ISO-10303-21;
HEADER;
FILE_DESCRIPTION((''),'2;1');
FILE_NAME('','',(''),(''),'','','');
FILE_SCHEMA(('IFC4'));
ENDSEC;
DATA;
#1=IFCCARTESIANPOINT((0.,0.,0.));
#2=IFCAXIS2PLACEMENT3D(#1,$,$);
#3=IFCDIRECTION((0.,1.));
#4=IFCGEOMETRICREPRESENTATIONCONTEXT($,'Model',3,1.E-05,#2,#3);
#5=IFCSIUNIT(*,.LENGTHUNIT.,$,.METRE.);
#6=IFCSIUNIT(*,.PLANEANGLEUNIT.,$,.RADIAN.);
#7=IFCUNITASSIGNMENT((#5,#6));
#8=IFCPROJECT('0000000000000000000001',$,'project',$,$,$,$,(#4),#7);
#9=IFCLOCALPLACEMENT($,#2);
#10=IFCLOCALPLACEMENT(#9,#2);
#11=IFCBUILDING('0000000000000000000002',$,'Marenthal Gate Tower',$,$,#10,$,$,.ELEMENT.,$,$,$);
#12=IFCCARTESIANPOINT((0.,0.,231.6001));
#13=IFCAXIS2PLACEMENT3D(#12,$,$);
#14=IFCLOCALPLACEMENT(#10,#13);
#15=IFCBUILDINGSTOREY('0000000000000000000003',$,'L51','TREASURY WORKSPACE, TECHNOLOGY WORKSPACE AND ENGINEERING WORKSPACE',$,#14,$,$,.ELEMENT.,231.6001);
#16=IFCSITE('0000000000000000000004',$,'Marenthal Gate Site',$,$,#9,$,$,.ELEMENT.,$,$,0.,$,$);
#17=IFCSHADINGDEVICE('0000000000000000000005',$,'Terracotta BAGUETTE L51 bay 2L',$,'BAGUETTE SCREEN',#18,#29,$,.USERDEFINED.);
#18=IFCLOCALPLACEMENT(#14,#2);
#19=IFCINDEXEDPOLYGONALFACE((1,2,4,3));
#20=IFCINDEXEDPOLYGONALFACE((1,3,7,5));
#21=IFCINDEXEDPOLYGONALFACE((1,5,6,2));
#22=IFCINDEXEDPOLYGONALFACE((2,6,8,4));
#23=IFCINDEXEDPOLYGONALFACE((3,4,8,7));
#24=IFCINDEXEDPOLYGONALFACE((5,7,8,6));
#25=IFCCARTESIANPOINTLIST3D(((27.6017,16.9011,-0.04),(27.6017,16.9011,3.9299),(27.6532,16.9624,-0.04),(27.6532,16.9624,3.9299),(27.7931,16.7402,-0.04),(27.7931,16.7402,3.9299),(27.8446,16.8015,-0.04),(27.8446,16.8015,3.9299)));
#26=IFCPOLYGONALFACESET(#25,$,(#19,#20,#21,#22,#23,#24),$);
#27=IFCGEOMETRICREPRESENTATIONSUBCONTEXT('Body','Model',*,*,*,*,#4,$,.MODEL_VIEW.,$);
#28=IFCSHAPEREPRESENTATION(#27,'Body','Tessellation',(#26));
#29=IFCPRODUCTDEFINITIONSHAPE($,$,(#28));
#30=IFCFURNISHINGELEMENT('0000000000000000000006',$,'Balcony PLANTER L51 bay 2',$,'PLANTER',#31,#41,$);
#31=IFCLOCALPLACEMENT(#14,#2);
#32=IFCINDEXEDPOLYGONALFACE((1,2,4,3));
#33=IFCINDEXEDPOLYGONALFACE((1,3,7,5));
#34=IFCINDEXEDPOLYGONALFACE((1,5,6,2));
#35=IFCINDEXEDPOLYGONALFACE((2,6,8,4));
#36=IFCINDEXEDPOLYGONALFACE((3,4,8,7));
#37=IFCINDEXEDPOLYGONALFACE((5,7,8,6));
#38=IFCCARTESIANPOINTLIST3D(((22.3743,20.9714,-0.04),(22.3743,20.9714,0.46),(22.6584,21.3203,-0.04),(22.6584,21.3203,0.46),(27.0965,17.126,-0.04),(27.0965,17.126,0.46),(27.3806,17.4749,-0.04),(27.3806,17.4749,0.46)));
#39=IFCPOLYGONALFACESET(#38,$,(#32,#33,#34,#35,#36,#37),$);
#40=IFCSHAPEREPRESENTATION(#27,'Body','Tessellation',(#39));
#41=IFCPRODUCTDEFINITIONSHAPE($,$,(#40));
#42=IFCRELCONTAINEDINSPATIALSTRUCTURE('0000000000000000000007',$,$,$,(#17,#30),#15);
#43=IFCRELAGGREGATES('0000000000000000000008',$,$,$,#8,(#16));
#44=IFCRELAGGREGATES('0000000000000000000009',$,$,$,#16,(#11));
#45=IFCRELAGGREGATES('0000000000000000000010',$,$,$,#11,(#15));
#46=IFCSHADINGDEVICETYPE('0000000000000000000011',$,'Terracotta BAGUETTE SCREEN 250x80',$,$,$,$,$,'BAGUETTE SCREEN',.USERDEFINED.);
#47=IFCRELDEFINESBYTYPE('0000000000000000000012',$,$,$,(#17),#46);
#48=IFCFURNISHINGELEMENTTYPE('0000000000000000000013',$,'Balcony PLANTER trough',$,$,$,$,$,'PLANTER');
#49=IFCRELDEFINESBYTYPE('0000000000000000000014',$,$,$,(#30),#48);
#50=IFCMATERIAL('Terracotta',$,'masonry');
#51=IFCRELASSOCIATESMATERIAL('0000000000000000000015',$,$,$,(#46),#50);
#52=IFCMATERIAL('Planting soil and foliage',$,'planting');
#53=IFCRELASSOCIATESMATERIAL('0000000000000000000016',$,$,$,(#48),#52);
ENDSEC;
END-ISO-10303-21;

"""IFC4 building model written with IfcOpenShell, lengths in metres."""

from ifc_helpers import new_model, si_unit, direction, frame, origin, origin_2d, place, context, subcontext, project, spatial, rectangle, extrude, material, material_profile, profile_set, type_object, element, save


model = new_model("IFC4")

# Units and contexts
model_context = context("Model", 3, precision=1e-05, world=origin(), true_north=direction((0.0, 1.0)))
body_context = subcontext(model_context, "Body", "Model", "MODEL_VIEW")
ifc_project = project(units=[si_unit("LENGTHUNIT", "METRE"), si_unit("PLANEANGLEUNIT", "RADIAN")], contexts=[model_context])

# Site, building, storey
site_placement = place(None, origin())
site = spatial("IfcSite", under=ifc_project, at=site_placement, Name="Marenthal Gate Site", CompositionType="ELEMENT", RefElevation=0.0)
building_placement = place(site_placement, origin())
building = spatial("IfcBuilding", under=site, at=building_placement, Name="Marenthal Gate Tower", CompositionType="ELEMENT")
storey_placement = place(building_placement, frame((0.0, 0.0, 231.6001)))
storey = spatial("IfcBuildingStorey", under=building, at=storey_placement, Name="L51", Description="TREASURY WORKSPACE, TECHNOLOGY WORKSPACE AND ENGINEERING WORKSPACE", CompositionType="ELEMENT", Elevation=231.6001)

# Shading device
ifc_material_1 = material(Name="Terracotta", Category="masonry")
ifc_material_profile_1 = material_profile(ifc_material_1, rectangle(XDim=0.25, YDim=0.0801, at=origin_2d()), Name="Terracotta baguette 250x80")
ifc_profile_set_1 = profile_set([ifc_material_profile_1], Name="Terracotta")
shading_device_type = type_object("IfcShadingDeviceType", Name="Terracotta BAGUETTE SCREEN 250x80", ElementType="BAGUETTE SCREEN", PredefinedType="USERDEFINED", material=ifc_profile_set_1)
shading_device_placement = place(storey_placement, frame((27.7231, 16.8513, -0.04), z_axis=(0.0, 0.0, 1.0), x_axis=(-0.765551, 0.643375, 0.0)))
element("IfcShadingDevice", 1, at=shading_device_placement, inside=storey, type_object=shading_device_type, Name="Terracotta BAGUETTE L51 bay 2L", ObjectType="BAGUETTE SCREEN", PredefinedType="USERDEFINED", context=body_context, shape_type="SweptSolid", body=[
    extrude(rectangle(XDim=0.25, YDim=0.0801, at=origin_2d()), origin(), (0.0, 0.0, 1.0), 3.97),
])

# Furnishing element
ifc_material_2 = material(Name="Planting soil and foliage", Category="planting")
furnishing_element_type = type_object("IfcFurnishingElementType", Name="Balcony PLANTER trough", ElementType="PLANTER", material=ifc_material_2)
furnishing_placement = place(storey_placement, frame((24.8774, 19.2231, -0.04), z_axis=(0.0, 0.0, 1.0), x_axis=(-0.775432, 0.631432, 0.0)))
element("IfcFurnishingElement", 2, at=furnishing_placement, inside=storey, type_object=furnishing_element_type, Name="Balcony PLANTER L51 bay 2", ObjectType="PLANTER", context=body_context, shape_type="SweptSolid", body=[
    extrude(rectangle(XDim=6.0898, YDim=0.45, at=origin_2d()), origin(), (0.0, 0.0, 1.0), 0.5),
])

save(model, "model.ifc")
